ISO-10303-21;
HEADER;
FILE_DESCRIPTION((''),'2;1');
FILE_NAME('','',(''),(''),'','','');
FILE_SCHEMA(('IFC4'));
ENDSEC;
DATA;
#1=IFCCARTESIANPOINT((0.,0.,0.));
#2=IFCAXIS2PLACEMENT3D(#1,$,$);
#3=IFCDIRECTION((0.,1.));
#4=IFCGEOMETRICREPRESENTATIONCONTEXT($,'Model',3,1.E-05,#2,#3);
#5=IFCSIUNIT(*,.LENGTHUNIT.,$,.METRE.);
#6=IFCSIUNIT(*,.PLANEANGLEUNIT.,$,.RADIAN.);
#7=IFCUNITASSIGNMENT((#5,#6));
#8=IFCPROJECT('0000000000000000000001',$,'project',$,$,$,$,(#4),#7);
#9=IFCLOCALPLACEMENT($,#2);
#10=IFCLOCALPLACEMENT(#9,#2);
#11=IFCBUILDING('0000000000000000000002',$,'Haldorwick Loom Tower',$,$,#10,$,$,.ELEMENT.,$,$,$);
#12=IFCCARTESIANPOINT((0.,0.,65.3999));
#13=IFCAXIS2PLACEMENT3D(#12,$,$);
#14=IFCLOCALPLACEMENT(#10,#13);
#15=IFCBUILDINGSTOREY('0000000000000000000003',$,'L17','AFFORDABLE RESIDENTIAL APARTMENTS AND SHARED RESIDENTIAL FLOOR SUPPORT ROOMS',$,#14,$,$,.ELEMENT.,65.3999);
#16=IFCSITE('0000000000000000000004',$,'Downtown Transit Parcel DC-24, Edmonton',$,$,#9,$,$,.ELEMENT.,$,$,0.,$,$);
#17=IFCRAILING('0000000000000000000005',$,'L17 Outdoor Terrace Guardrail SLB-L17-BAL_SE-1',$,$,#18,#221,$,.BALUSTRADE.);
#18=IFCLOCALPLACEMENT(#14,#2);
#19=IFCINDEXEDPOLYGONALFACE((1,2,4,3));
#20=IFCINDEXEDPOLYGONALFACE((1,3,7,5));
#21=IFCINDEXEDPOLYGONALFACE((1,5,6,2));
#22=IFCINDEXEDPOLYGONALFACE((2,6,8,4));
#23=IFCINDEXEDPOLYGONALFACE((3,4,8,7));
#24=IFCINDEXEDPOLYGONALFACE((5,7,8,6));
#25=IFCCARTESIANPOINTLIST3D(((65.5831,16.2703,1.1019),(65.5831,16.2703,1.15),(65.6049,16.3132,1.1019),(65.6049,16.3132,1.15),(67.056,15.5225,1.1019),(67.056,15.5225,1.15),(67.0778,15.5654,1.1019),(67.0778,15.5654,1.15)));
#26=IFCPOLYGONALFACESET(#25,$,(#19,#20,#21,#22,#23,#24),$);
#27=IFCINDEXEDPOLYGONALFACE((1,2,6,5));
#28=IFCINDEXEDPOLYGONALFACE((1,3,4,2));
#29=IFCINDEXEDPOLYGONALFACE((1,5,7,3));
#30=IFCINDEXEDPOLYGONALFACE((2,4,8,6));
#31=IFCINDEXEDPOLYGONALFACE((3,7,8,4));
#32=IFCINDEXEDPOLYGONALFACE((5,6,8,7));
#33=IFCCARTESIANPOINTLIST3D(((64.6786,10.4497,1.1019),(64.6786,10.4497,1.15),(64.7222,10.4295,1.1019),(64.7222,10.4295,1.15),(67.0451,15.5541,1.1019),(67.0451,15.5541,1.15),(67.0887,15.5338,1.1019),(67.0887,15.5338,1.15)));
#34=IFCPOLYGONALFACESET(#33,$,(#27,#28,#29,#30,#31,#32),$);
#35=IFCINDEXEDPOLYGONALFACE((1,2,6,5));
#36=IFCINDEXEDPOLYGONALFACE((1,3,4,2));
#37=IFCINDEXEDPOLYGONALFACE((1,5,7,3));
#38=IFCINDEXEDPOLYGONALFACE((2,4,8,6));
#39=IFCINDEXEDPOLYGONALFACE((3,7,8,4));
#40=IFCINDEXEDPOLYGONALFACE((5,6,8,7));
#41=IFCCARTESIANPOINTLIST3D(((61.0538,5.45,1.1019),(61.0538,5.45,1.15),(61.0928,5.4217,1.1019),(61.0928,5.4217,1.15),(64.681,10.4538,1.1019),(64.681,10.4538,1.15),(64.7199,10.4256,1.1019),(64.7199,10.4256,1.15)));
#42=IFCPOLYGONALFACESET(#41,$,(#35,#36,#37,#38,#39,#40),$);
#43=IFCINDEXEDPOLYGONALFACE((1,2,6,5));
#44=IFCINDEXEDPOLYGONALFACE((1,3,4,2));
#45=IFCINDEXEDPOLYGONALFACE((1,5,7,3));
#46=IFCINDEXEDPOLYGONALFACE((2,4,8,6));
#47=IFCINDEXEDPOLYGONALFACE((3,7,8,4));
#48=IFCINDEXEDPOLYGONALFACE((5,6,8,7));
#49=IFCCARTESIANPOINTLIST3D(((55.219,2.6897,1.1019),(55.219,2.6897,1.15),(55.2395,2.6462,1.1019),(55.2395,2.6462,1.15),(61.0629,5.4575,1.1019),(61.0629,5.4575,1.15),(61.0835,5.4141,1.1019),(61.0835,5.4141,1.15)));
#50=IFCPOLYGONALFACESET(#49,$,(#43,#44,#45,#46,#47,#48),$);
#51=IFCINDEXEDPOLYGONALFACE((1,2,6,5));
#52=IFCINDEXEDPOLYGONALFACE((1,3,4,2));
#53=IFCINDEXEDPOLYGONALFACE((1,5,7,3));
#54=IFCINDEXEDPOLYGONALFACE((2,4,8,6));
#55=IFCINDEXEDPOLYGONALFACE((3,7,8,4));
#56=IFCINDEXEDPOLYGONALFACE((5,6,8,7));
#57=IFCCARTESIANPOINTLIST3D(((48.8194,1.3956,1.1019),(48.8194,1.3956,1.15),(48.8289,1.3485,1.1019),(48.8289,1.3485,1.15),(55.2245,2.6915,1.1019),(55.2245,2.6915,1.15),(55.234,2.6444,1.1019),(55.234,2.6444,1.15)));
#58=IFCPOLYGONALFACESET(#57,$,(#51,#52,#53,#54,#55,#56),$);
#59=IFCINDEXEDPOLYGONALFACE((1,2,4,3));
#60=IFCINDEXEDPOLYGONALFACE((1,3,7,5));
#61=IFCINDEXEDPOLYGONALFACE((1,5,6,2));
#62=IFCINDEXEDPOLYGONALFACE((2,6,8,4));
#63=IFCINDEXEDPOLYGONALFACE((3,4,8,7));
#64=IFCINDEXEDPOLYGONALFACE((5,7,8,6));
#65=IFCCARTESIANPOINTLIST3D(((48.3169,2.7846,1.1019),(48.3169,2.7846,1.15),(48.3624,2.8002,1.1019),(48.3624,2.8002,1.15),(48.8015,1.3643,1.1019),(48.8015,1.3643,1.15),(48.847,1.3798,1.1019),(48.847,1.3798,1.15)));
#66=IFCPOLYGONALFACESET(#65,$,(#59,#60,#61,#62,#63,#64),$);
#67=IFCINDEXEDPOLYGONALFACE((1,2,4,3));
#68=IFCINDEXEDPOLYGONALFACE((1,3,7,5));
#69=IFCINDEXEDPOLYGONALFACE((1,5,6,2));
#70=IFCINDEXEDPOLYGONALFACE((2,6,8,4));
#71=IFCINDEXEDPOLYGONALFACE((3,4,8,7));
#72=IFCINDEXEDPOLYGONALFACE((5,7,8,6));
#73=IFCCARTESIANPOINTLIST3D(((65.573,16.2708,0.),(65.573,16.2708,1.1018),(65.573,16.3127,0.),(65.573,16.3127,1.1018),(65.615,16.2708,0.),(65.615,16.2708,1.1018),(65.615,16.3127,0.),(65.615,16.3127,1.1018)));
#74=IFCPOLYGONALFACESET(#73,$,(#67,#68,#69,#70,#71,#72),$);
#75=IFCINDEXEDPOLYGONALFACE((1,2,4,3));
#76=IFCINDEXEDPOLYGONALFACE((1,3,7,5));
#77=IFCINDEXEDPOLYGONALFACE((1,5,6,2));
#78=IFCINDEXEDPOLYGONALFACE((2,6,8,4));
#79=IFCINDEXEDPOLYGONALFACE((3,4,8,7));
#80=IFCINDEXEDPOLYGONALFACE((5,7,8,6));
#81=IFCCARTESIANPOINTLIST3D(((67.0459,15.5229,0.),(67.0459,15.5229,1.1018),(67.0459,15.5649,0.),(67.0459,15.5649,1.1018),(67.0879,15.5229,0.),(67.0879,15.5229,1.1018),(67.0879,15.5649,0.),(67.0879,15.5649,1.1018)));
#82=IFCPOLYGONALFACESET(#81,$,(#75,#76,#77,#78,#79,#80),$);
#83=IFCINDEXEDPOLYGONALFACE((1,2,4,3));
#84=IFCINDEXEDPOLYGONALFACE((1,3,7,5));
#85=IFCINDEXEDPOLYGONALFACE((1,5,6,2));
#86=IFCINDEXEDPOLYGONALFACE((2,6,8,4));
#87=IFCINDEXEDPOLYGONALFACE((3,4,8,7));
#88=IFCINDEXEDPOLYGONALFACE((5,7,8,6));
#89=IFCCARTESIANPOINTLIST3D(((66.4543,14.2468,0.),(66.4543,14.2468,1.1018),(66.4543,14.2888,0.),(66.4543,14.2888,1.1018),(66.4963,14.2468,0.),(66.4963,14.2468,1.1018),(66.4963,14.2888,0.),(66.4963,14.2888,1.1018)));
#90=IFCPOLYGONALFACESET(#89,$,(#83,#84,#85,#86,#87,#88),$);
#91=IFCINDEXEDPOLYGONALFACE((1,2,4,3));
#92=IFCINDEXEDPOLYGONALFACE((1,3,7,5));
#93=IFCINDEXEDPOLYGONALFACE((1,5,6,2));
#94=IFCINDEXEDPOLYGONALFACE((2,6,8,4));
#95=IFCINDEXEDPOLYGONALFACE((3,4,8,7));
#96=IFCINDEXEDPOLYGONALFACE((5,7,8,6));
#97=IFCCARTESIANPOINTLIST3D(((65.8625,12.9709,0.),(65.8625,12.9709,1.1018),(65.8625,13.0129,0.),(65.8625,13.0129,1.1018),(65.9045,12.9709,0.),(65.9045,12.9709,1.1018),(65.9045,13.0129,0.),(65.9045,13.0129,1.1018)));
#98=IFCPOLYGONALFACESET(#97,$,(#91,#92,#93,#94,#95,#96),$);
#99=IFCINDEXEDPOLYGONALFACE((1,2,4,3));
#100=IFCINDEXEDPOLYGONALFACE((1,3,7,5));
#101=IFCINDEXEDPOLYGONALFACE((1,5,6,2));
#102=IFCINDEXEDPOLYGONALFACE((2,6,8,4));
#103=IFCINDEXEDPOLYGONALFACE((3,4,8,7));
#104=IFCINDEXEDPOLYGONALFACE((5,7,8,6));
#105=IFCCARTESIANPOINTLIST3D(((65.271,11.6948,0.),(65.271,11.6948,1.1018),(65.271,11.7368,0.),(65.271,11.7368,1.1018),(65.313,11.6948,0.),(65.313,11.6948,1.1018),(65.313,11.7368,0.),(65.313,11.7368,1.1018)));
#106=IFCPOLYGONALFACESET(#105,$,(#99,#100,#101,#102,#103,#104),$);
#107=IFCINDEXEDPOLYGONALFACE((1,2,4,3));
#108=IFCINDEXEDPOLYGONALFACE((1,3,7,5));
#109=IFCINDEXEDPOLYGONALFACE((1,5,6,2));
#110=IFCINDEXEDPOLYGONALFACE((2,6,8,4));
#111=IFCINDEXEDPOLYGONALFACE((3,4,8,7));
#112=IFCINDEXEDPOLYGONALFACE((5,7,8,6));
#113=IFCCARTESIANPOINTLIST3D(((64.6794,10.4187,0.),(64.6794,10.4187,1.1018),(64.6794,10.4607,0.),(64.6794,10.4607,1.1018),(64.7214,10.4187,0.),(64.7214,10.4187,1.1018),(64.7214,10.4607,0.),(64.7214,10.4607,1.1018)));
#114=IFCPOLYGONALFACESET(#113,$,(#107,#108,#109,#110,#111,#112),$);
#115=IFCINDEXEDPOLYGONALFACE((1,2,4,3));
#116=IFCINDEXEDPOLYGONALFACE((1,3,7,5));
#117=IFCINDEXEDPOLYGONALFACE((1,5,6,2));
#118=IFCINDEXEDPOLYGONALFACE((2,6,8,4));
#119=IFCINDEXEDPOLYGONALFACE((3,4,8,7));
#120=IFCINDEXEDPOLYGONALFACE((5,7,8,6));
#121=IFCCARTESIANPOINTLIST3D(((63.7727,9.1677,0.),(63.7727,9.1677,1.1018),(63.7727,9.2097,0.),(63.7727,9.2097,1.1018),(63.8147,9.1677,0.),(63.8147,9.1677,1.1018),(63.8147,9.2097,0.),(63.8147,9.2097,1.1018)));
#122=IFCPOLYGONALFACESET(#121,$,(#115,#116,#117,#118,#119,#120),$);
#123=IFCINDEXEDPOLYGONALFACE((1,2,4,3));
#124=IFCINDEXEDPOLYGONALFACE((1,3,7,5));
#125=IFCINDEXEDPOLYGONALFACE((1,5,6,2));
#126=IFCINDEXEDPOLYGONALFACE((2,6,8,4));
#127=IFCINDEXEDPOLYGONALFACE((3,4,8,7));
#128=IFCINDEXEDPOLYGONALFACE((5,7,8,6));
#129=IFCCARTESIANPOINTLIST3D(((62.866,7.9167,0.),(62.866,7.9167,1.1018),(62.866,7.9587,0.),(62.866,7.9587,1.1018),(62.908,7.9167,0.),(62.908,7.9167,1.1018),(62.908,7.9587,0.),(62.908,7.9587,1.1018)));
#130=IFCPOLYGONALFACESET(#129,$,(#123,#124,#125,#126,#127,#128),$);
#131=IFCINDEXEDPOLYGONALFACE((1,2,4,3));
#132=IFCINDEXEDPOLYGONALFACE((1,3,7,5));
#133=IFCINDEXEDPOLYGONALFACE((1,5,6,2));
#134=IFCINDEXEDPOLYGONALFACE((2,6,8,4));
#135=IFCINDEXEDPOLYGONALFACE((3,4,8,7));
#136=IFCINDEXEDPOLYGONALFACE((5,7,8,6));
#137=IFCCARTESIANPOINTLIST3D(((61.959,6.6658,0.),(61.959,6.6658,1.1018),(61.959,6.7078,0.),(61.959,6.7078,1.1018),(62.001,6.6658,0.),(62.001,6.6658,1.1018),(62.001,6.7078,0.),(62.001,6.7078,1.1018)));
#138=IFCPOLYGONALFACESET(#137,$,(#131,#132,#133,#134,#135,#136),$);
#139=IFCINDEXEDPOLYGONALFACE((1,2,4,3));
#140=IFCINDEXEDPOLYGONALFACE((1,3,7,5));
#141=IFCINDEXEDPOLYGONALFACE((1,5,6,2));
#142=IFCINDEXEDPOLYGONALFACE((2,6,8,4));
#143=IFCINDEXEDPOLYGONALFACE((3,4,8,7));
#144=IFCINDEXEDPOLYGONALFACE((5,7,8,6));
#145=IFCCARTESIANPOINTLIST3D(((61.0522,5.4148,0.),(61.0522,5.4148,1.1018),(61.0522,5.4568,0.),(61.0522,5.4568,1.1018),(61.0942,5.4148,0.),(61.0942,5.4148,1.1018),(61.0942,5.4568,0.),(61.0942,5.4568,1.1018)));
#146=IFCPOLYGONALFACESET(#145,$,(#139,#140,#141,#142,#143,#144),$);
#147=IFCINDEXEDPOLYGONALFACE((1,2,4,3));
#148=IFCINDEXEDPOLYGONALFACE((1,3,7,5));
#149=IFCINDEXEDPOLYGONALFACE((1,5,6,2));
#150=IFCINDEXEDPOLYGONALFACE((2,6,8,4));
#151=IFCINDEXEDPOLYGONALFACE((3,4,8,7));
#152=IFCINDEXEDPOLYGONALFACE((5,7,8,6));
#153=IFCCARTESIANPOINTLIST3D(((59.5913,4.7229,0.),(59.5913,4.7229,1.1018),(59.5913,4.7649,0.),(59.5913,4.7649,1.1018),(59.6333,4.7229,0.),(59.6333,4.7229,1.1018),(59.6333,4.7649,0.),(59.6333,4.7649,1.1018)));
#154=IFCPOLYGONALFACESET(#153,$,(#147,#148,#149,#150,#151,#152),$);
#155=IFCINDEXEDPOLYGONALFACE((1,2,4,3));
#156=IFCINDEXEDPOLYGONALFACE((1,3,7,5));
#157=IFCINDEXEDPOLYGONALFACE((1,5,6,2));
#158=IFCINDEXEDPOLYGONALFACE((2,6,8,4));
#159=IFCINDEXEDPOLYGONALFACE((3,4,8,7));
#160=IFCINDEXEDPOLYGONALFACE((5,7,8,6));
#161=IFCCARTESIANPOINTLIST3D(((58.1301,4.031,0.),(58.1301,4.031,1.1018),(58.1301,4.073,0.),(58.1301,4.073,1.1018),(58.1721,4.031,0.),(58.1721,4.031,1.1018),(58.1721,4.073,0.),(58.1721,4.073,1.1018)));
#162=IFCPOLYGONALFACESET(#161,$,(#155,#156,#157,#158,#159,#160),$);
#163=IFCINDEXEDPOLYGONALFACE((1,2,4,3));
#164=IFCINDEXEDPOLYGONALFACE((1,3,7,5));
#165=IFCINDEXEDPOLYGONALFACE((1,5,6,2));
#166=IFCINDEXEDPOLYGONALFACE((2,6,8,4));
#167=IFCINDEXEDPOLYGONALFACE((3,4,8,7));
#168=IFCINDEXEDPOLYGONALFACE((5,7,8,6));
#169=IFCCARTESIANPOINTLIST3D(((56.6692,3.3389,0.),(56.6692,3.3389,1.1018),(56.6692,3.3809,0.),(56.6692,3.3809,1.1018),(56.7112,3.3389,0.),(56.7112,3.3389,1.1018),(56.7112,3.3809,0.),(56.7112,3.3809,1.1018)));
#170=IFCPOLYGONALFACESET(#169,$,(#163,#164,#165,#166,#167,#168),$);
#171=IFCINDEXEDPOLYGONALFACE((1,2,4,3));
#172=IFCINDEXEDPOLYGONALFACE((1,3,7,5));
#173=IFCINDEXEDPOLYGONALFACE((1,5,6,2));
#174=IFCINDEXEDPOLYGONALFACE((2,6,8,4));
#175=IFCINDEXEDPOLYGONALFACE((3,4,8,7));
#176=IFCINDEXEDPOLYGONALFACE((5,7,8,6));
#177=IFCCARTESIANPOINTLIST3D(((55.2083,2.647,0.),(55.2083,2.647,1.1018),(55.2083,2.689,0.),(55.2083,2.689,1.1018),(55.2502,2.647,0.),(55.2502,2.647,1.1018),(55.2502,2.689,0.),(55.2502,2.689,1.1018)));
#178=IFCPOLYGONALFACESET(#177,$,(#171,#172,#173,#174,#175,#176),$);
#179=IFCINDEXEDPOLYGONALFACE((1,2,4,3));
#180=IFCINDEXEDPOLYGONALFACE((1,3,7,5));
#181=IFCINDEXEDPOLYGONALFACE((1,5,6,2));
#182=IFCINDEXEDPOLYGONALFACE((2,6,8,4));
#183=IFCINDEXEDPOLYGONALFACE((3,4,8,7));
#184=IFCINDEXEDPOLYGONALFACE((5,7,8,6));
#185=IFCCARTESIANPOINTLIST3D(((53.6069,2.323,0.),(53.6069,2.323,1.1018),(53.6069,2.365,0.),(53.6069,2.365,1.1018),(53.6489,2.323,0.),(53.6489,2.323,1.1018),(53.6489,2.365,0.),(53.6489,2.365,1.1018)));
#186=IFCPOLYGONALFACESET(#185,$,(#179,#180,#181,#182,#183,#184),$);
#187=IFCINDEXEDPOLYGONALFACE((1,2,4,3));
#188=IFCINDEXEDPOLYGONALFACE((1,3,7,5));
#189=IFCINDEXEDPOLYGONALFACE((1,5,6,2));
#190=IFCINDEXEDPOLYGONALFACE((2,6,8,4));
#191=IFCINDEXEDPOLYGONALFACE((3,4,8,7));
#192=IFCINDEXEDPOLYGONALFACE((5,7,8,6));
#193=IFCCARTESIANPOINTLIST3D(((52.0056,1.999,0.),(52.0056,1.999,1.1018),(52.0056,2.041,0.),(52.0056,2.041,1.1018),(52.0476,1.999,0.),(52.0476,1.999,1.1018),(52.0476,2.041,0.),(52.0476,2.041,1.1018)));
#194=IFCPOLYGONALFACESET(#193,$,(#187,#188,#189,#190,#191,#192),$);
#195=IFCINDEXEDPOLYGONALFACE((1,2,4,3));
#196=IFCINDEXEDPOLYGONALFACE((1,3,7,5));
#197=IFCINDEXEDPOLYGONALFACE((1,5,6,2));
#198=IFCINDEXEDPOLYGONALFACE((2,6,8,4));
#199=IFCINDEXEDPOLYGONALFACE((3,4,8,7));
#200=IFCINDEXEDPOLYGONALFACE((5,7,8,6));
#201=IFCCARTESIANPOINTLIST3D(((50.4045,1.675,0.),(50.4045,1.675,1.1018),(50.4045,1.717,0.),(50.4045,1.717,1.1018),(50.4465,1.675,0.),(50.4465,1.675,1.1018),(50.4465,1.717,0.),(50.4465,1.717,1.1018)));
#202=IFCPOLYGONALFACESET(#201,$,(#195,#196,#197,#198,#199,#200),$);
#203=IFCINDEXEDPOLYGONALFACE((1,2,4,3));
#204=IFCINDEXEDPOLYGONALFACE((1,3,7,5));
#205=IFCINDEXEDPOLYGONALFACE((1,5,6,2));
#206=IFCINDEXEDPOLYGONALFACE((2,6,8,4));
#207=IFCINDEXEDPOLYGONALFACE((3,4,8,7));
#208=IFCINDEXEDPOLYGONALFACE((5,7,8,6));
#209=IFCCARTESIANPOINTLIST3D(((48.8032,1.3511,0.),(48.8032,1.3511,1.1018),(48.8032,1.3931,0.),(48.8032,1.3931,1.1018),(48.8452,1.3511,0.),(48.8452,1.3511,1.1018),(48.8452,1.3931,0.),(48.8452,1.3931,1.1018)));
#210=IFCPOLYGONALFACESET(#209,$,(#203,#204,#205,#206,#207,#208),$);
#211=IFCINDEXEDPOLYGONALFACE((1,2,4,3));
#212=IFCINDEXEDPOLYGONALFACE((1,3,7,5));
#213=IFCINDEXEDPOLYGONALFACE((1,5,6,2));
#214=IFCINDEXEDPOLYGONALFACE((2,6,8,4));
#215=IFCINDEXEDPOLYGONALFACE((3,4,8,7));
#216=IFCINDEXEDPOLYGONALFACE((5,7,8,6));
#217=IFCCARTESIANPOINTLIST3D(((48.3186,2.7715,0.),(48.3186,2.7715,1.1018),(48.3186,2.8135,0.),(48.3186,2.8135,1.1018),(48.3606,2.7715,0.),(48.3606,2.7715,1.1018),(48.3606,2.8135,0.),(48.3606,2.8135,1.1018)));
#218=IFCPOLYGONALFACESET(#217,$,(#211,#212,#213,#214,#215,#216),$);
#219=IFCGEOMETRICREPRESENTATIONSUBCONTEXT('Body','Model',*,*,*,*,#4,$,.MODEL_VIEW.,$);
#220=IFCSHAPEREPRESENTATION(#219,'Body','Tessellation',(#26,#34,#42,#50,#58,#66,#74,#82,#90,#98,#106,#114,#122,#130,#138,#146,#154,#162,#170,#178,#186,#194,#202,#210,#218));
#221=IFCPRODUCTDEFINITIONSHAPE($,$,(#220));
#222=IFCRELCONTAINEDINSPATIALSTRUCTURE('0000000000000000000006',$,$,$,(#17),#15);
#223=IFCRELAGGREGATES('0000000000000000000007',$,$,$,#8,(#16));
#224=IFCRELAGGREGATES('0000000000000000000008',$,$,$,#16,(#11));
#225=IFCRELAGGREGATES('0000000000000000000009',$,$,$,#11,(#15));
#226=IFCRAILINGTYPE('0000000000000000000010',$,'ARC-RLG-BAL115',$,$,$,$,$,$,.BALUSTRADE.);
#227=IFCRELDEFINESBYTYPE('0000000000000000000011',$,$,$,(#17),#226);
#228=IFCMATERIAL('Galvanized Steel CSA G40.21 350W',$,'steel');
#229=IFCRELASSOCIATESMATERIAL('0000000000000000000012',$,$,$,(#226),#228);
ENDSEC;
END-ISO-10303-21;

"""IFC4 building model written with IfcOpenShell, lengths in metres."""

from ifc_helpers import new_model, si_unit, direction, frame, origin, origin_2d, place, context, subcontext, project, spatial, rectangle, extrude, material, type_object, element, save


model = new_model("IFC4")

# Units and contexts
model_context = context("Model", 3, precision=1e-05, world=origin(), true_north=direction((0.0, 1.0)))
body_context = subcontext(model_context, "Body", "Model", "MODEL_VIEW")
ifc_project = project(units=[si_unit("LENGTHUNIT", "METRE"), si_unit("PLANEANGLEUNIT", "RADIAN")], contexts=[model_context])

# Site, building, storey
site_placement = place(None, origin())
site = spatial("IfcSite", under=ifc_project, at=site_placement, Name="Downtown Transit Parcel DC-24, Edmonton", CompositionType="ELEMENT", RefElevation=0.0)
building_placement = place(site_placement, origin())
building = spatial("IfcBuilding", under=site, at=building_placement, Name="Haldorwick Loom Tower", CompositionType="ELEMENT")
storey_placement = place(building_placement, frame((0.0, 0.0, 65.3999)))
storey = spatial("IfcBuildingStorey", under=building, at=storey_placement, Name="L17", Description="AFFORDABLE RESIDENTIAL APARTMENTS AND SHARED RESIDENTIAL FLOOR SUPPORT ROOMS", CompositionType="ELEMENT", Elevation=65.3999)

# Railing
ifc_material_1 = material(Name="Galvanized Steel CSA G40.21 350W", Category="steel")
railing_type = type_object("IfcRailingType", Name="ARC-RLG-BAL115", PredefinedType="BALUSTRADE", material=ifc_material_1)
railing_placement = place(storey_placement, frame((65.594, 16.2917, 0.0)))
element("IfcRailing", 1, at=railing_placement, inside=storey, type_object=railing_type, Name="L17 Outdoor Terrace Guardrail SLB-L17-BAL_SE-1", PredefinedType="BALUSTRADE", context=body_context, shape_type="SweptSolid", body=[
    extrude(rectangle(XDim=0.0481, YDim=0.0481, at=origin_2d()), frame((0.0, 0.0, 1.126), z_axis=(0.891661, -0.452703, 0.0), x_axis=(0.452703, 0.891661, 0.0)), (0.0, 0.0, 1.0), 1.6519),
    extrude(rectangle(XDim=0.0481, YDim=0.0481, at=origin_2d()), frame((1.4729, -0.7478, 1.126), z_axis=(-0.420618, -0.907238, 0.0), x_axis=(0.907238, -0.420618, 0.0)), (0.0, 0.0, 1.0), 5.6262),
    extrude(rectangle(XDim=0.0481, YDim=0.0481, at=origin_2d()), frame((-0.8936, -5.8521, 1.126), z_axis=(-0.5869, -0.809659, 0.0), x_axis=(0.809659, -0.5869, 0.0)), (0.0, 0.0, 1.0), 6.1802),
    extrude(rectangle(XDim=0.0481, YDim=0.0481, at=origin_2d()), frame((-4.5208, -10.856, 1.126), z_axis=(-0.903761, -0.428038, 0.0), x_axis=(0.428038, -0.903761, 0.0)), (0.0, 0.0, 1.0), 6.4663),
    extrude(rectangle(XDim=0.0481, YDim=0.0481, at=origin_2d()), frame((-10.3647, -13.6238, 1.126), z_axis=(-0.98014, -0.198307, 0.0), x_axis=(0.198307, -0.98014, 0.0)), (0.0, 0.0, 1.0), 6.5349),
    extrude(rectangle(XDim=0.0481, YDim=0.0481, at=origin_2d()), frame((-16.7698, -14.9197, 1.126), z_axis=(-0.322906, 0.946431, 0.0), x_axis=(-0.946431, -0.322906, 0.0)), (0.0, 0.0, 1.0), 1.5007),
    extrude(rectangle(XDim=0.042, YDim=0.042, at=origin_2d()), origin(), (0.0, 0.0, 1.0), 1.1018),
    extrude(rectangle(XDim=0.042, YDim=0.042, at=origin_2d()), frame((1.4729, -0.7478, 0.0)), (0.0, 0.0, 1.0), 1.1018),
    extrude(rectangle(XDim=0.042, YDim=0.042, at=origin_2d()), frame((0.8813, -2.0239, 0.0)), (0.0, 0.0, 1.0), 1.1018),
    extrude(rectangle(XDim=0.042, YDim=0.042, at=origin_2d()), frame((0.2896, -3.2998, 0.0)), (0.0, 0.0, 1.0), 1.1018),
    extrude(rectangle(XDim=0.042, YDim=0.042, at=origin_2d()), frame((-0.302, -4.5759, 0.0)), (0.0, 0.0, 1.0), 1.1018),
    extrude(rectangle(XDim=0.042, YDim=0.042, at=origin_2d()), frame((-0.8936, -5.8521, 0.0)), (0.0, 0.0, 1.0), 1.1018),
    extrude(rectangle(XDim=0.042, YDim=0.042, at=origin_2d()), frame((-1.8003, -7.103, 0.0)), (0.0, 0.0, 1.0), 1.1018),
    extrude(rectangle(XDim=0.042, YDim=0.042, at=origin_2d()), frame((-2.707, -8.354, 0.0)), (0.0, 0.0, 1.0), 1.1018),
    extrude(rectangle(XDim=0.042, YDim=0.042, at=origin_2d()), frame((-3.614, -9.605, 0.0)), (0.0, 0.0, 1.0), 1.1018),
    extrude(rectangle(XDim=0.042, YDim=0.042, at=origin_2d()), frame((-4.5208, -10.856, 0.0)), (0.0, 0.0, 1.0), 1.1018),
    extrude(rectangle(XDim=0.042, YDim=0.042, at=origin_2d()), frame((-5.9817, -11.5479, 0.0)), (0.0, 0.0, 1.0), 1.1018),
    extrude(rectangle(XDim=0.042, YDim=0.042, at=origin_2d()), frame((-7.4429, -12.2397, 0.0)), (0.0, 0.0, 1.0), 1.1018),
    extrude(rectangle(XDim=0.042, YDim=0.042, at=origin_2d()), frame((-8.9038, -12.9319, 0.0)), (0.0, 0.0, 1.0), 1.1018),
    extrude(rectangle(XDim=0.042, YDim=0.042, at=origin_2d()), frame((-10.3647, -13.6238, 0.0)), (0.0, 0.0, 1.0), 1.1018),
    extrude(rectangle(XDim=0.042, YDim=0.042, at=origin_2d()), frame((-11.9661, -13.9478, 0.0)), (0.0, 0.0, 1.0), 1.1018),
    extrude(rectangle(XDim=0.042, YDim=0.042, at=origin_2d()), frame((-13.5674, -14.2717, 0.0)), (0.0, 0.0, 1.0), 1.1018),
    extrude(rectangle(XDim=0.042, YDim=0.042, at=origin_2d()), frame((-15.1685, -14.5957, 0.0)), (0.0, 0.0, 1.0), 1.1018),
    extrude(rectangle(XDim=0.042, YDim=0.042, at=origin_2d()), frame((-16.7698, -14.9197, 0.0)), (0.0, 0.0, 1.0), 1.1018),
    extrude(rectangle(XDim=0.042, YDim=0.042, at=origin_2d()), frame((-17.2544, -13.4993, 0.0)), (0.0, 0.0, 1.0), 1.1018),
])

save(model, "model.ifc")
